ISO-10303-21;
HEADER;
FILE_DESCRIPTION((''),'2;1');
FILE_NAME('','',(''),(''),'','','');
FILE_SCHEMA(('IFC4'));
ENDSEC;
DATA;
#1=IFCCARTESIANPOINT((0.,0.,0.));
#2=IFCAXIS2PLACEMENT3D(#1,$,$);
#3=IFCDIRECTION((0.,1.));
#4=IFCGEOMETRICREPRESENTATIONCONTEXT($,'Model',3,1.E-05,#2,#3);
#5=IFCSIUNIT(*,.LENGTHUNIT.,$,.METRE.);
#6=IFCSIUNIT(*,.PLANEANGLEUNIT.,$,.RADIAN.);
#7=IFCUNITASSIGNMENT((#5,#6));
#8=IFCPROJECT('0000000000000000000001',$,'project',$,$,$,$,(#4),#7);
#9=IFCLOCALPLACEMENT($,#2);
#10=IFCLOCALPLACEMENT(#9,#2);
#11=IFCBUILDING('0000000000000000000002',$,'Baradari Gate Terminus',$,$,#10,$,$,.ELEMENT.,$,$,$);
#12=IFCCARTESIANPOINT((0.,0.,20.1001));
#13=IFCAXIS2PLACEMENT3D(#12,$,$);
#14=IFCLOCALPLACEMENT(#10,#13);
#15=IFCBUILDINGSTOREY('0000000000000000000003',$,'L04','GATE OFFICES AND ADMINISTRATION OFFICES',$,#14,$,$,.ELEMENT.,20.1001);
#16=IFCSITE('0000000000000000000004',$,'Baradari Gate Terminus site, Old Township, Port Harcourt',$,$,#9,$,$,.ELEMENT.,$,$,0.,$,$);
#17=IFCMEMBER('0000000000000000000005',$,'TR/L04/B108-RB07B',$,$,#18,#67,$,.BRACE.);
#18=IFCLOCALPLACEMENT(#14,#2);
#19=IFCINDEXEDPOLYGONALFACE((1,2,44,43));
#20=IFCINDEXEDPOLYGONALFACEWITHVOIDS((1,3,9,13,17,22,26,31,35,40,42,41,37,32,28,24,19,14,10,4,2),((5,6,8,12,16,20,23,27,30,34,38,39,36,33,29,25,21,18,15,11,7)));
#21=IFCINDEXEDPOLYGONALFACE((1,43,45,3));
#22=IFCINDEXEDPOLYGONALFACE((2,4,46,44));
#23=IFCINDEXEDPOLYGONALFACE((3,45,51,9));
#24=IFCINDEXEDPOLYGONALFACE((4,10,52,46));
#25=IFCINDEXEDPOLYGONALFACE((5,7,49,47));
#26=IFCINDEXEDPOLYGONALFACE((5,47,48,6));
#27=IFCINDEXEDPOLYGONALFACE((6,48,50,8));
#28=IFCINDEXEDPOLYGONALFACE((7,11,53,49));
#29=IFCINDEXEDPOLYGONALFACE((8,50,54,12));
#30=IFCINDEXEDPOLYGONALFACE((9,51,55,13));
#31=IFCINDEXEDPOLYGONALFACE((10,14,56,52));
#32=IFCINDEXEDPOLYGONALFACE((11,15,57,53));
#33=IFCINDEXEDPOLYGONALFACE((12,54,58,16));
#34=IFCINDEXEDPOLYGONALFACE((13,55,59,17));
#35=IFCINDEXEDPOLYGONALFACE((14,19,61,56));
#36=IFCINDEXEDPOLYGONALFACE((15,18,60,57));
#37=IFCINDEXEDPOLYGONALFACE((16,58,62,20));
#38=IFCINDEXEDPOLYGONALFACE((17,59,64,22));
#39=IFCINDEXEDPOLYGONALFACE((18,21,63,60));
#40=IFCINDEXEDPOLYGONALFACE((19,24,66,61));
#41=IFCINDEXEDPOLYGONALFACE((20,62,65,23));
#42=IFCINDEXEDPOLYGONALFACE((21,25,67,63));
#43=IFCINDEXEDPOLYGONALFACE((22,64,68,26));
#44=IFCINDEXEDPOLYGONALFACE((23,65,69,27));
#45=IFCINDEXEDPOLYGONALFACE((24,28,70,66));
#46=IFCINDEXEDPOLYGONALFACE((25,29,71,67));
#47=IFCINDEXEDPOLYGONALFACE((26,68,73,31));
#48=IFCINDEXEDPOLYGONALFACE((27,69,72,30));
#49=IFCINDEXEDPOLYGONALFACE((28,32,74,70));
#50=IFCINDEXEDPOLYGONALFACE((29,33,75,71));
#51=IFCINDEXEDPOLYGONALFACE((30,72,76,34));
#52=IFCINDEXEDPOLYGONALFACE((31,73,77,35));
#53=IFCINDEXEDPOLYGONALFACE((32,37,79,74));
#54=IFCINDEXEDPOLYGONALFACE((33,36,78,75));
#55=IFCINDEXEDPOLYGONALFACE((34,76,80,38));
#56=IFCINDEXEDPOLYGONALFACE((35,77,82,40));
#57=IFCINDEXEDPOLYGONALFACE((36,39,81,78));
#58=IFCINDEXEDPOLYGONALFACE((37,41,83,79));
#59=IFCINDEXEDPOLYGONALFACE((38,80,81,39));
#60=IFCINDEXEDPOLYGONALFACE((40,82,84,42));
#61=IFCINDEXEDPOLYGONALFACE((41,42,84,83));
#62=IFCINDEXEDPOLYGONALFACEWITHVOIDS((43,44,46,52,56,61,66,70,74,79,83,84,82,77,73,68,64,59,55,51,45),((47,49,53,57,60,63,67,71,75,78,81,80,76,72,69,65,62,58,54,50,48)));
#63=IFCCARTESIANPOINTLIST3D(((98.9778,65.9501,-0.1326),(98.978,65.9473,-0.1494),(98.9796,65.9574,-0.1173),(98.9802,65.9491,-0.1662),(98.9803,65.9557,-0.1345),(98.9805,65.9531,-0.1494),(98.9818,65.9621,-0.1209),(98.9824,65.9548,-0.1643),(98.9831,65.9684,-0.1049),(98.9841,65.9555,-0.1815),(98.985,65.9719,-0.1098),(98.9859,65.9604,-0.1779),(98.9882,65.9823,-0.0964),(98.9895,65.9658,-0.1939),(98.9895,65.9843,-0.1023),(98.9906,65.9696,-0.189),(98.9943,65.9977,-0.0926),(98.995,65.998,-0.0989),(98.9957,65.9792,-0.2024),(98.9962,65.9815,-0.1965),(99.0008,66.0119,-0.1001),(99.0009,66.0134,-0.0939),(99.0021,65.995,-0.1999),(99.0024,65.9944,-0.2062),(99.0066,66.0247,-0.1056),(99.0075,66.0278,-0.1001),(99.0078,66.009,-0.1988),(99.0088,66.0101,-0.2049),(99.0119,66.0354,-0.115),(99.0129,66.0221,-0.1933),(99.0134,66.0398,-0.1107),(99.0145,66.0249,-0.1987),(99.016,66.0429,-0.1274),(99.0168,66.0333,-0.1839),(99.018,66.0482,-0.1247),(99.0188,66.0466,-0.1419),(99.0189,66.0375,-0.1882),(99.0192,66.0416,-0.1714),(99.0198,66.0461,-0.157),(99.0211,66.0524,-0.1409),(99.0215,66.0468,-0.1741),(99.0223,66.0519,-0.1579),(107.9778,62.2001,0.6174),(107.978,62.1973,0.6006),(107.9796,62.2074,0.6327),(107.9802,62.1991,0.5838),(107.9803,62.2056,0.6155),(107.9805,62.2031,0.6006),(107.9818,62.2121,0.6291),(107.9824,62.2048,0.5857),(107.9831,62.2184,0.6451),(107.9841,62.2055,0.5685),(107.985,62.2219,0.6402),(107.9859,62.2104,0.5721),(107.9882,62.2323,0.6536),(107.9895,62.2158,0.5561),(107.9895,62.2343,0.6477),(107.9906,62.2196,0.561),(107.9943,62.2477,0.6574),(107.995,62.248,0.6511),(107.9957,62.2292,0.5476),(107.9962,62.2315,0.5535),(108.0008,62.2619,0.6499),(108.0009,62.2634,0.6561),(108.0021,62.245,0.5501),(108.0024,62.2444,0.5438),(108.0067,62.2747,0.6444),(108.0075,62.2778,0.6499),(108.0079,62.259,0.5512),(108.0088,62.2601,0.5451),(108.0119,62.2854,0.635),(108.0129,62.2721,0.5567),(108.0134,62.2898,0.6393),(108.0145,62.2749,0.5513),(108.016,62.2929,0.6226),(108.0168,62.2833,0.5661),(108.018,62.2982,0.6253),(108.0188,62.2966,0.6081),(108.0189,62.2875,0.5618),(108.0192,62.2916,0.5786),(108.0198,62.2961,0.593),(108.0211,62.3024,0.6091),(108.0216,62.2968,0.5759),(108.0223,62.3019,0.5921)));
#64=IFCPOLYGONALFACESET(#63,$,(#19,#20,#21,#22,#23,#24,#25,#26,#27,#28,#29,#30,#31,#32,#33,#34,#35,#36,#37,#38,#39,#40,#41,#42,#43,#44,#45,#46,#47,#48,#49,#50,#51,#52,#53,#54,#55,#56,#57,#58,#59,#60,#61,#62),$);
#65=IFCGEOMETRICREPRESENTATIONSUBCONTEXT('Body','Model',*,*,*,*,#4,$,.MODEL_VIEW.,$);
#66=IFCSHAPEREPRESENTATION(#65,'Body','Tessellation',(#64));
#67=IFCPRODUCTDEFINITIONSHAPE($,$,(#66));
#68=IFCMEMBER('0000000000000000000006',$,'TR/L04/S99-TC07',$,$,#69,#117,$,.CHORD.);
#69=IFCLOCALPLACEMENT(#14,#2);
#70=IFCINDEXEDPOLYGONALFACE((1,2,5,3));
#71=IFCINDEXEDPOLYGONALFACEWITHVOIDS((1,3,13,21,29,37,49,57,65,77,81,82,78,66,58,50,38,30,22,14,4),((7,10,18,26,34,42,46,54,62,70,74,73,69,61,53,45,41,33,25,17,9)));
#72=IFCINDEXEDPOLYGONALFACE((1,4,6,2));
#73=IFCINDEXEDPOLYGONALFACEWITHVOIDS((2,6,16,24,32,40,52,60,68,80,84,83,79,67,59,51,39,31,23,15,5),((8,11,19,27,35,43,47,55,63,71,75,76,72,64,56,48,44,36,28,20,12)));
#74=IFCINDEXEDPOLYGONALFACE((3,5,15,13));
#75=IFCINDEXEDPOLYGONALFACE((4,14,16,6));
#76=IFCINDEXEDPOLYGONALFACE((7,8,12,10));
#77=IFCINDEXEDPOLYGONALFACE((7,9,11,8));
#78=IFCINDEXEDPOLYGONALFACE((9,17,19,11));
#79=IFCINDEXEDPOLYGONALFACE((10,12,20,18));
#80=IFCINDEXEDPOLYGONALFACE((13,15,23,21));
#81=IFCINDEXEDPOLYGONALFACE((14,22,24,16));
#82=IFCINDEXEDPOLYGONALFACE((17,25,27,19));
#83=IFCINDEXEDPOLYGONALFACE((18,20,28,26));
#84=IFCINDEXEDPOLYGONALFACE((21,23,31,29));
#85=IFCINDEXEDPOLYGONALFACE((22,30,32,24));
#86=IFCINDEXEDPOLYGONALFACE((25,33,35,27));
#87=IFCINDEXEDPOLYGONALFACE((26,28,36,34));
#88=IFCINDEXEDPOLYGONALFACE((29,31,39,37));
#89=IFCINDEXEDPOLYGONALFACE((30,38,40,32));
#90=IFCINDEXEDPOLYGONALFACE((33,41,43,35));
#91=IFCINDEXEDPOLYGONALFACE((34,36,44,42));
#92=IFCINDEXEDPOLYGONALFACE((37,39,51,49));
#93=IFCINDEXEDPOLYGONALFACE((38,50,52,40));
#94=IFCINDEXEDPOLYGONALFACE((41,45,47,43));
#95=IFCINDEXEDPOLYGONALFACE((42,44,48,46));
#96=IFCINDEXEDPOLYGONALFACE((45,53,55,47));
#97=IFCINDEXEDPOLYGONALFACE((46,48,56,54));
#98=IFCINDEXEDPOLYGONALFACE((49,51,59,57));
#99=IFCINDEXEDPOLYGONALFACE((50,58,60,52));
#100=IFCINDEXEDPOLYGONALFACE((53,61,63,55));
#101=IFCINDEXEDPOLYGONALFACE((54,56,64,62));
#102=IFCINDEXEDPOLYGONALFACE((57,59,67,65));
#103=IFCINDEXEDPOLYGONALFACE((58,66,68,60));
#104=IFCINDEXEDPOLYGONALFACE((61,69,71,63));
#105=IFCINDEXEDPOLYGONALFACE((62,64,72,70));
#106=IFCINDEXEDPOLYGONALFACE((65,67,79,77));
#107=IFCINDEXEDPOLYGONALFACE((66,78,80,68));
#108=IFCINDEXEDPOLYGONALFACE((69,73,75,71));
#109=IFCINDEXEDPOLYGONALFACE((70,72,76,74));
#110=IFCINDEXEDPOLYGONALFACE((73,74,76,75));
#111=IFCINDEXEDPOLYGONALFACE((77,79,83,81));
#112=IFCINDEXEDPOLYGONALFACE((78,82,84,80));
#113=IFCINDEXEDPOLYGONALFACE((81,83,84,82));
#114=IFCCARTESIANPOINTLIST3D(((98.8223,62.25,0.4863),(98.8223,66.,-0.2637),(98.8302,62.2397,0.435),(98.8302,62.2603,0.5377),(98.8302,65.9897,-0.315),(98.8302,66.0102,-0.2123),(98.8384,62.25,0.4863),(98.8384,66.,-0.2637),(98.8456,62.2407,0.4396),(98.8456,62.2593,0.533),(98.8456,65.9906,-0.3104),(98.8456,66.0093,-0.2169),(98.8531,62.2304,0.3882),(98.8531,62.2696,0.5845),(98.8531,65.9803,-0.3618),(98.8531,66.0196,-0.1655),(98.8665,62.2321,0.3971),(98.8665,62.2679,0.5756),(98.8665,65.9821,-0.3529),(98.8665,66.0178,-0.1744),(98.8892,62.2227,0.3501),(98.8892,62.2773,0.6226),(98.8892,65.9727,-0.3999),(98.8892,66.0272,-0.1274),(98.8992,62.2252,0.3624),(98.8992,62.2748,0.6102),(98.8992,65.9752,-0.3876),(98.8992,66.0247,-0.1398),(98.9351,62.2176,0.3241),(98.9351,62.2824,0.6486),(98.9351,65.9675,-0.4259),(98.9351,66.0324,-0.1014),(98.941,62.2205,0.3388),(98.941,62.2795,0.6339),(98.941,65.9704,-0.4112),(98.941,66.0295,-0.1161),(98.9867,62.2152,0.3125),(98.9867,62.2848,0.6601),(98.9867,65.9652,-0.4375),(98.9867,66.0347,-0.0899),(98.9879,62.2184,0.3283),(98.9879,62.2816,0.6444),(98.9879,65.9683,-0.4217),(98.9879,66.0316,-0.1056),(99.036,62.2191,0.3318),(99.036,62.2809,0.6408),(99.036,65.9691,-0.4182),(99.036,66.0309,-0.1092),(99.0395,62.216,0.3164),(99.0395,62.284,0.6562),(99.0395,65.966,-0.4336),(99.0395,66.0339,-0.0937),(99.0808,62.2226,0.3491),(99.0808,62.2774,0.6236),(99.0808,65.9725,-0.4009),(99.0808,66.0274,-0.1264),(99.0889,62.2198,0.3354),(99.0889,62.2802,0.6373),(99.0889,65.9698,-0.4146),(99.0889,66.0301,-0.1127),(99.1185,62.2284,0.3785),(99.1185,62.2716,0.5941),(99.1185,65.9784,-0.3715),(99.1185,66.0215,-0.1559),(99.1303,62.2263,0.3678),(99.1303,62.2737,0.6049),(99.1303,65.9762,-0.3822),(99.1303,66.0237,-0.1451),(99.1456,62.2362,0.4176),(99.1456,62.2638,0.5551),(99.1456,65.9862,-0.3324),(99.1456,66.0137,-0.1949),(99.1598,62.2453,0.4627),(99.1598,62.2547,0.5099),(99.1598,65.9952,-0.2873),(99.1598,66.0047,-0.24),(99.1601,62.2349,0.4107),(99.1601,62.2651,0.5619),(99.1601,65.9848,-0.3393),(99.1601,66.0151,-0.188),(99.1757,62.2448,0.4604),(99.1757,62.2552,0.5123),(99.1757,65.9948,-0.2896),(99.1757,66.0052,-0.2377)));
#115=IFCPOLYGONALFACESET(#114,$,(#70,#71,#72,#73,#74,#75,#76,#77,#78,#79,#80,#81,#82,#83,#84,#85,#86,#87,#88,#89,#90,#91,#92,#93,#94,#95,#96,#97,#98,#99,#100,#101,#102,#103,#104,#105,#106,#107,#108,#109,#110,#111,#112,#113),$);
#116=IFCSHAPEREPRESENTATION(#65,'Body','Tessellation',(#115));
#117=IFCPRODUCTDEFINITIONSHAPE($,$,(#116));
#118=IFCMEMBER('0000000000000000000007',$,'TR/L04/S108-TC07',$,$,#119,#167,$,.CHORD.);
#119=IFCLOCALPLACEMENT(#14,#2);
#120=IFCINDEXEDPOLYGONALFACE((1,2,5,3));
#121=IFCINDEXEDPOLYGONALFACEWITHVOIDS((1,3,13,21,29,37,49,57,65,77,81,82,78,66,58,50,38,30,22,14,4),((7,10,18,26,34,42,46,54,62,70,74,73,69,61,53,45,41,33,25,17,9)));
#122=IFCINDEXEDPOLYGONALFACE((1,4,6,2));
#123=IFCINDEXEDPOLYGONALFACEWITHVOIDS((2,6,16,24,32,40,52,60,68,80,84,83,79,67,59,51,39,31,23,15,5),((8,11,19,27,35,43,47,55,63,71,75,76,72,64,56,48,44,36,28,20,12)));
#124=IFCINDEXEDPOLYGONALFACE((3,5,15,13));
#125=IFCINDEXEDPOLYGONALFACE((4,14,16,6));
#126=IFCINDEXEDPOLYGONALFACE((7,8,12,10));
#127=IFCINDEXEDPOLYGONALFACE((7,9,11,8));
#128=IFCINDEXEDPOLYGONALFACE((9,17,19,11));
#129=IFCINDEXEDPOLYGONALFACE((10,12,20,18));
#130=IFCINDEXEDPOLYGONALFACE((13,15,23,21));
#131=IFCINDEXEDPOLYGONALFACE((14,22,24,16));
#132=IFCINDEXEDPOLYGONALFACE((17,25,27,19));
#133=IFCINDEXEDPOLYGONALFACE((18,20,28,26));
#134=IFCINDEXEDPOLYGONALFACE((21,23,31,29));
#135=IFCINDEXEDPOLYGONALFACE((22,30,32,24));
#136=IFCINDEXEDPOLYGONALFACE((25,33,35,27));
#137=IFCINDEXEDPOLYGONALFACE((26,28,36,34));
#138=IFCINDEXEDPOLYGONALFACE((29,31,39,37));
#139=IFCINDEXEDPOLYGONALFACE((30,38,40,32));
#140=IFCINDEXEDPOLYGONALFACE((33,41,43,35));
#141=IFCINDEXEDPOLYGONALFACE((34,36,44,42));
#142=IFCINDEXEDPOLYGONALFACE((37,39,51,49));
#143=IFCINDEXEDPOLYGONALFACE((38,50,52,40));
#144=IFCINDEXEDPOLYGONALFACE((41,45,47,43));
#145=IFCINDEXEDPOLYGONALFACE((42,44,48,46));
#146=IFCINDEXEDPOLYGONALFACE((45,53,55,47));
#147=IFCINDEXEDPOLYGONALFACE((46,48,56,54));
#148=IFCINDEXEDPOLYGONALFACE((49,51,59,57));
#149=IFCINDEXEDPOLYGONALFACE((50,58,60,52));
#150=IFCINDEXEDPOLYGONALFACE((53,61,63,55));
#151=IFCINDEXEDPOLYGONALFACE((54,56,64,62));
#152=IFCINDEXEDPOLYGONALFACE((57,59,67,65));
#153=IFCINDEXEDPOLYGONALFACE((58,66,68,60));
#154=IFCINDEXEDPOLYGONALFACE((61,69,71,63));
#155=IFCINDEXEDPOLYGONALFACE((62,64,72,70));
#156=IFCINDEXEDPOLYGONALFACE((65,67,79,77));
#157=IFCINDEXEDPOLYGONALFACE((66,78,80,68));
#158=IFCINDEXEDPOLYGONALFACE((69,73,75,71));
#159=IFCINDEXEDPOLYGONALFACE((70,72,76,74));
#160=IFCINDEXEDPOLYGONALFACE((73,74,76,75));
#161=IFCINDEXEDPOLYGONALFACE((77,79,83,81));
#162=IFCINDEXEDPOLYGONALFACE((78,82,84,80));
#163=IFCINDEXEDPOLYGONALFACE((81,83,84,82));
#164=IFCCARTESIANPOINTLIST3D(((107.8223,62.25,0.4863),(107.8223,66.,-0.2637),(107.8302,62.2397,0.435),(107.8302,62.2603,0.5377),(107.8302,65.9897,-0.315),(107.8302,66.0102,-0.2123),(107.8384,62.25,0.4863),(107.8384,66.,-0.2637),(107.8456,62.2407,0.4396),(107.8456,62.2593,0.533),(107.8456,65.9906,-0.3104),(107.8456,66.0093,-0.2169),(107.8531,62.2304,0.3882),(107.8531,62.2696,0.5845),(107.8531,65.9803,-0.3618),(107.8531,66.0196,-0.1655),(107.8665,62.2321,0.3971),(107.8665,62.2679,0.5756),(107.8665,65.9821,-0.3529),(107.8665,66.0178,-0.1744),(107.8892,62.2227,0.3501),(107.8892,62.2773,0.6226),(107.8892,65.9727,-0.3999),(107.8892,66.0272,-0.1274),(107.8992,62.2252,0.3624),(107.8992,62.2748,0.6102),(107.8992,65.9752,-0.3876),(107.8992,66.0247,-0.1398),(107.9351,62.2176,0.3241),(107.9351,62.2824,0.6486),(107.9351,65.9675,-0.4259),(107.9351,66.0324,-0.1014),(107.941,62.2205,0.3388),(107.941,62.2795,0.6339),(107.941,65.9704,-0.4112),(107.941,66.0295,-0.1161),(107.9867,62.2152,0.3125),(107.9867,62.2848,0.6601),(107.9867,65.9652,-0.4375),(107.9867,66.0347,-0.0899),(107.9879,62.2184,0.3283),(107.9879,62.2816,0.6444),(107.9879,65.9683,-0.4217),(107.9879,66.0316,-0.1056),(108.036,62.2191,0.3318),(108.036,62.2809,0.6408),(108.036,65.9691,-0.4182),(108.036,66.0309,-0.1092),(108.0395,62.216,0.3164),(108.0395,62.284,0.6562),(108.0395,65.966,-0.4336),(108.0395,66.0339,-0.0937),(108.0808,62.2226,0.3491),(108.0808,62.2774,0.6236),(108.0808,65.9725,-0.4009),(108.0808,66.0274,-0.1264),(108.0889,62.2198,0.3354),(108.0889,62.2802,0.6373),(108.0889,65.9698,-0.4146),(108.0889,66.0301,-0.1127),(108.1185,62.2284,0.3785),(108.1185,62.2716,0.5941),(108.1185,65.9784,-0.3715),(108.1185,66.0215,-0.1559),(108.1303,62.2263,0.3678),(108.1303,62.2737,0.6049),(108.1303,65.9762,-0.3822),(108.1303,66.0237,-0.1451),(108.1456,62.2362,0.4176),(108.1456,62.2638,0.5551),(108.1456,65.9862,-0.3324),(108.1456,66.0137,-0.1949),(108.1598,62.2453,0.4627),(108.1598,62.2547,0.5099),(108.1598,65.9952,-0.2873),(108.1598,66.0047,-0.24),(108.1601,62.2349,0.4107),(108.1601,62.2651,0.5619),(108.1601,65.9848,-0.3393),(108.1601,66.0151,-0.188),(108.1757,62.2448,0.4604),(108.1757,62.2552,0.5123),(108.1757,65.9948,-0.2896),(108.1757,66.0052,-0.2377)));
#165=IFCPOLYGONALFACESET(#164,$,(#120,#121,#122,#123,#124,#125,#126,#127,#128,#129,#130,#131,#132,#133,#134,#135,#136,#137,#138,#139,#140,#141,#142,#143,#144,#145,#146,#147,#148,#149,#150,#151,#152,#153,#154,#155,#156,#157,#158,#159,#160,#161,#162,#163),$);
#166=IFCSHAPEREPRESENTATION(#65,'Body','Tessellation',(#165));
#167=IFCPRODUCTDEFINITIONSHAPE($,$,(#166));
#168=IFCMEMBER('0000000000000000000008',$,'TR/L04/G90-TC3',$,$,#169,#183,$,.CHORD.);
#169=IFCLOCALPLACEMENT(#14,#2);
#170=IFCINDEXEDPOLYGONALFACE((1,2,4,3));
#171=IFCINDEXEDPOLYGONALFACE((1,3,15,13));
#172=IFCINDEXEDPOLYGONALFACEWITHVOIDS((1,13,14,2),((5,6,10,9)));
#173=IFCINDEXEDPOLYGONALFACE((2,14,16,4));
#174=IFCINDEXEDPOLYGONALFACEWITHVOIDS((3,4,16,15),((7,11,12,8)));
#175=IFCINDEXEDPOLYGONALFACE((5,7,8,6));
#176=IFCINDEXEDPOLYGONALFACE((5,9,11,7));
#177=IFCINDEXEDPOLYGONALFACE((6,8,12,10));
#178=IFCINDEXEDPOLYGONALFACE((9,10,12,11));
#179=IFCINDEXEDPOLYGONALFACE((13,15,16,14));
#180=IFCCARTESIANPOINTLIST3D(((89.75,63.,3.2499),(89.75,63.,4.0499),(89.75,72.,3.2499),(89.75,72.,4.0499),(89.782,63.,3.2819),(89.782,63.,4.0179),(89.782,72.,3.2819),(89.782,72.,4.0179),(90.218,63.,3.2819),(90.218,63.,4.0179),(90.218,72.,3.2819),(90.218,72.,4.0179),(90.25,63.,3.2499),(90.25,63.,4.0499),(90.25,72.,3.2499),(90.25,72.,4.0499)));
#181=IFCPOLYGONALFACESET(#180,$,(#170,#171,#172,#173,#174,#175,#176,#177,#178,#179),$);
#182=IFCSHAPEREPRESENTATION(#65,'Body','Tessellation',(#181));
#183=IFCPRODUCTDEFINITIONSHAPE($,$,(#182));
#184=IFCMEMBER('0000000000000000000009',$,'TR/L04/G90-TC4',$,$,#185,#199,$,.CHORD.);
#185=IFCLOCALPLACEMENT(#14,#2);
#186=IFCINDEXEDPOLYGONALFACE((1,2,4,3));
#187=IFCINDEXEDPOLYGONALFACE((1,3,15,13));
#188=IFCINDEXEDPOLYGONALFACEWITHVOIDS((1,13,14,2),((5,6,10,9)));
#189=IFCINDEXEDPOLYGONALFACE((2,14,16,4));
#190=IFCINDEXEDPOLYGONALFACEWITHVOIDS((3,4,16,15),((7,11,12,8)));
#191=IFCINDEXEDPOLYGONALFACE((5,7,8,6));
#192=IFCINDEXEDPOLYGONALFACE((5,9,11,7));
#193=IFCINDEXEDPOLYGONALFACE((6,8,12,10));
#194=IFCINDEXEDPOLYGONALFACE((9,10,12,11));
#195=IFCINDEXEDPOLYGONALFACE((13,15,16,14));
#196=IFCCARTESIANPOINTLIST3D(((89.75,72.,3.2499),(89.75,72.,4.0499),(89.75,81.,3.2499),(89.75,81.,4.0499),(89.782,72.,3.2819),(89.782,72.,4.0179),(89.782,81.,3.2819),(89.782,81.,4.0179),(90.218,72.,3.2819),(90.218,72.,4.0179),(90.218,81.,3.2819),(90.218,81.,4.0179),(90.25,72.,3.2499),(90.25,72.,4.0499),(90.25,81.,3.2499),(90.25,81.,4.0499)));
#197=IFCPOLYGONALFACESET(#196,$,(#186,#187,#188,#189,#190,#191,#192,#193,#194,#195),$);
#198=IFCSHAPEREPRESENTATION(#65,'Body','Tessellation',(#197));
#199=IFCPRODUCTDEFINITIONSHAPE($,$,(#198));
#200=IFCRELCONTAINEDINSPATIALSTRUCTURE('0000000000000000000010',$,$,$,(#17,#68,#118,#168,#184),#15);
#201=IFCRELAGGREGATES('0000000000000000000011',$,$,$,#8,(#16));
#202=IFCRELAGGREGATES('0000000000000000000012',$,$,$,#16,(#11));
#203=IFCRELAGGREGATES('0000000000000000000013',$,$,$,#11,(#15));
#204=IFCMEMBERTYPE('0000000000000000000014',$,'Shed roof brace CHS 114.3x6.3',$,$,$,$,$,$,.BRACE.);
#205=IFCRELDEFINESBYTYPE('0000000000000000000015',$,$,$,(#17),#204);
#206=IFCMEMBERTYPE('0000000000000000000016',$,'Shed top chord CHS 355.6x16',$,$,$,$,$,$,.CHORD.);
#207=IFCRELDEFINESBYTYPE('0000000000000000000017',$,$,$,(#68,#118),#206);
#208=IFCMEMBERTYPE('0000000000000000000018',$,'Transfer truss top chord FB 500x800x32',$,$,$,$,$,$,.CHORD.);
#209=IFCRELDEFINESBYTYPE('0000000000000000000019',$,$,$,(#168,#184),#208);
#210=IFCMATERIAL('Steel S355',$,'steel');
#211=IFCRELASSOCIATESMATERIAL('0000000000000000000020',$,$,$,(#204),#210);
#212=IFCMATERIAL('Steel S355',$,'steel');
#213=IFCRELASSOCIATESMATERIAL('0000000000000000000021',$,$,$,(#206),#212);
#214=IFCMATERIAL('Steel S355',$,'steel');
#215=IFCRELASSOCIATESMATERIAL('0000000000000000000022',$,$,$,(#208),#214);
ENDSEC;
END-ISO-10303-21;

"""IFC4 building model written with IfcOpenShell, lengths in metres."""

from ifc_helpers import new_model, si_unit, direction, frame, origin, origin_2d, place, context, subcontext, project, spatial, hollow_rectangle, hollow_circle, extrude, material, material_profile, profile_set, type_object, element, save


model = new_model("IFC4")

# Units and contexts
model_context = context("Model", 3, precision=1e-05, world=origin(), true_north=direction((0.0, 1.0)))
body_context = subcontext(model_context, "Body", "Model", "MODEL_VIEW")
ifc_project = project(units=[si_unit("LENGTHUNIT", "METRE"), si_unit("PLANEANGLEUNIT", "RADIAN")], contexts=[model_context])

# Site, building, storey
site_placement = place(None, origin())
site = spatial("IfcSite", under=ifc_project, at=site_placement, Name="Baradari Gate Terminus site, Old Township, Port Harcourt", CompositionType="ELEMENT", RefElevation=0.0)
building_placement = place(site_placement, origin())
building = spatial("IfcBuilding", under=site, at=building_placement, Name="Baradari Gate Terminus", CompositionType="ELEMENT")
storey_placement = place(building_placement, frame((0.0, 0.0, 20.1001)))
storey = spatial("IfcBuildingStorey", under=building, at=storey_placement, Name="L04", Description="GATE OFFICES AND ADMINISTRATION OFFICES", CompositionType="ELEMENT", Elevation=20.1001)

# Members
ifc_material_1 = material(Name="Steel S355", Category="steel")
ifc_material_profile_1 = material_profile(ifc_material_1, hollow_circle(Radius=0.0571, WallThickness=0.0063, at=origin_2d()), Name="CHS 114.3x6.3")
ifc_profile_set_1 = profile_set([ifc_material_profile_1], Name="Steel S355")
member_type_1 = type_object("IfcMemberType", Name="Shed roof brace CHS 114.3x6.3", PredefinedType="BRACE", material=ifc_profile_set_1)
for number, where, z_axis, x_axis, name in (
    (1, (108.0, 62.25, 0.6006), (-0.920358, 0.383482, -0.076696), (-0.384615, -0.923077, 0.0), "TR/L04/B108-RB07B"),
):
    element("IfcMember", number, at=place(storey_placement, frame(where, z_axis=z_axis, x_axis=x_axis)), inside=storey, type_object=member_type_1, Name=name, PredefinedType="BRACE", context=body_context, shape_type="SweptSolid", body=[
        extrude(hollow_circle(Radius=0.0571, WallThickness=0.0063, at=origin_2d()), origin(), (0.0, 0.0, 1.0), 9.7788),
    ])
ifc_material_2 = material(Name="Steel S355", Category="steel")
ifc_material_profile_2 = material_profile(ifc_material_2, hollow_circle(Radius=0.1777, WallThickness=0.0161, at=origin_2d()), Name="CHS 355.6x16")
ifc_profile_set_2 = profile_set([ifc_material_profile_2], Name="Steel S355")
member_type_2 = type_object("IfcMemberType", Name="Shed top chord CHS 355.6x16", PredefinedType="CHORD", material=ifc_profile_set_2)
for number, where, z_axis, x_axis, name in (
    (2, (99.0, 62.25, 0.4863), (0.0, 0.980581, -0.196116), (-1.0, 0.0, 0.0), "TR/L04/S99-TC07"),
    (3, (108.0, 62.25, 0.4863), (0.0, 0.980581, -0.196116), (-1.0, 0.0, 0.0), "TR/L04/S108-TC07"),
):
    element("IfcMember", number, at=place(storey_placement, frame(where, z_axis=z_axis, x_axis=x_axis)), inside=storey, type_object=member_type_2, Name=name, PredefinedType="CHORD", context=body_context, shape_type="SweptSolid", body=[
        extrude(hollow_circle(Radius=0.1777, WallThickness=0.0161, at=origin_2d()), origin(), (0.0, 0.0, 1.0), 3.8242),
    ])
ifc_material_3 = material(Name="Steel S355", Category="steel")
ifc_material_profile_3 = material_profile(ifc_material_3, hollow_rectangle(XDim=0.5, YDim=0.8, WallThickness=0.032, at=origin_2d()), Name="FB 500x800x32")
ifc_profile_set_3 = profile_set([ifc_material_profile_3], Name="Steel S355")
member_type_3 = type_object("IfcMemberType", Name="Transfer truss top chord FB 500x800x32", PredefinedType="CHORD", material=ifc_profile_set_3)
for number, where, z_axis, x_axis, name in (
    (4, (90.0, 63.0, 3.6499), (0.0, 1.0, 0.0), (-1.0, 0.0, 0.0), "TR/L04/G90-TC3"),
    (5, (90.0, 72.0, 3.6499), (0.0, 1.0, 0.0), (-1.0, 0.0, 0.0), "TR/L04/G90-TC4"),
):
    element("IfcMember", number, at=place(storey_placement, frame(where, z_axis=z_axis, x_axis=x_axis)), inside=storey, type_object=member_type_3, Name=name, PredefinedType="CHORD", context=body_context, shape_type="SweptSolid", body=[
        extrude(hollow_rectangle(XDim=0.5, YDim=0.8, WallThickness=0.032, at=origin_2d()), origin(), (0.0, 0.0, 1.0), 9.0),
    ])

save(model, "model.ifc")
